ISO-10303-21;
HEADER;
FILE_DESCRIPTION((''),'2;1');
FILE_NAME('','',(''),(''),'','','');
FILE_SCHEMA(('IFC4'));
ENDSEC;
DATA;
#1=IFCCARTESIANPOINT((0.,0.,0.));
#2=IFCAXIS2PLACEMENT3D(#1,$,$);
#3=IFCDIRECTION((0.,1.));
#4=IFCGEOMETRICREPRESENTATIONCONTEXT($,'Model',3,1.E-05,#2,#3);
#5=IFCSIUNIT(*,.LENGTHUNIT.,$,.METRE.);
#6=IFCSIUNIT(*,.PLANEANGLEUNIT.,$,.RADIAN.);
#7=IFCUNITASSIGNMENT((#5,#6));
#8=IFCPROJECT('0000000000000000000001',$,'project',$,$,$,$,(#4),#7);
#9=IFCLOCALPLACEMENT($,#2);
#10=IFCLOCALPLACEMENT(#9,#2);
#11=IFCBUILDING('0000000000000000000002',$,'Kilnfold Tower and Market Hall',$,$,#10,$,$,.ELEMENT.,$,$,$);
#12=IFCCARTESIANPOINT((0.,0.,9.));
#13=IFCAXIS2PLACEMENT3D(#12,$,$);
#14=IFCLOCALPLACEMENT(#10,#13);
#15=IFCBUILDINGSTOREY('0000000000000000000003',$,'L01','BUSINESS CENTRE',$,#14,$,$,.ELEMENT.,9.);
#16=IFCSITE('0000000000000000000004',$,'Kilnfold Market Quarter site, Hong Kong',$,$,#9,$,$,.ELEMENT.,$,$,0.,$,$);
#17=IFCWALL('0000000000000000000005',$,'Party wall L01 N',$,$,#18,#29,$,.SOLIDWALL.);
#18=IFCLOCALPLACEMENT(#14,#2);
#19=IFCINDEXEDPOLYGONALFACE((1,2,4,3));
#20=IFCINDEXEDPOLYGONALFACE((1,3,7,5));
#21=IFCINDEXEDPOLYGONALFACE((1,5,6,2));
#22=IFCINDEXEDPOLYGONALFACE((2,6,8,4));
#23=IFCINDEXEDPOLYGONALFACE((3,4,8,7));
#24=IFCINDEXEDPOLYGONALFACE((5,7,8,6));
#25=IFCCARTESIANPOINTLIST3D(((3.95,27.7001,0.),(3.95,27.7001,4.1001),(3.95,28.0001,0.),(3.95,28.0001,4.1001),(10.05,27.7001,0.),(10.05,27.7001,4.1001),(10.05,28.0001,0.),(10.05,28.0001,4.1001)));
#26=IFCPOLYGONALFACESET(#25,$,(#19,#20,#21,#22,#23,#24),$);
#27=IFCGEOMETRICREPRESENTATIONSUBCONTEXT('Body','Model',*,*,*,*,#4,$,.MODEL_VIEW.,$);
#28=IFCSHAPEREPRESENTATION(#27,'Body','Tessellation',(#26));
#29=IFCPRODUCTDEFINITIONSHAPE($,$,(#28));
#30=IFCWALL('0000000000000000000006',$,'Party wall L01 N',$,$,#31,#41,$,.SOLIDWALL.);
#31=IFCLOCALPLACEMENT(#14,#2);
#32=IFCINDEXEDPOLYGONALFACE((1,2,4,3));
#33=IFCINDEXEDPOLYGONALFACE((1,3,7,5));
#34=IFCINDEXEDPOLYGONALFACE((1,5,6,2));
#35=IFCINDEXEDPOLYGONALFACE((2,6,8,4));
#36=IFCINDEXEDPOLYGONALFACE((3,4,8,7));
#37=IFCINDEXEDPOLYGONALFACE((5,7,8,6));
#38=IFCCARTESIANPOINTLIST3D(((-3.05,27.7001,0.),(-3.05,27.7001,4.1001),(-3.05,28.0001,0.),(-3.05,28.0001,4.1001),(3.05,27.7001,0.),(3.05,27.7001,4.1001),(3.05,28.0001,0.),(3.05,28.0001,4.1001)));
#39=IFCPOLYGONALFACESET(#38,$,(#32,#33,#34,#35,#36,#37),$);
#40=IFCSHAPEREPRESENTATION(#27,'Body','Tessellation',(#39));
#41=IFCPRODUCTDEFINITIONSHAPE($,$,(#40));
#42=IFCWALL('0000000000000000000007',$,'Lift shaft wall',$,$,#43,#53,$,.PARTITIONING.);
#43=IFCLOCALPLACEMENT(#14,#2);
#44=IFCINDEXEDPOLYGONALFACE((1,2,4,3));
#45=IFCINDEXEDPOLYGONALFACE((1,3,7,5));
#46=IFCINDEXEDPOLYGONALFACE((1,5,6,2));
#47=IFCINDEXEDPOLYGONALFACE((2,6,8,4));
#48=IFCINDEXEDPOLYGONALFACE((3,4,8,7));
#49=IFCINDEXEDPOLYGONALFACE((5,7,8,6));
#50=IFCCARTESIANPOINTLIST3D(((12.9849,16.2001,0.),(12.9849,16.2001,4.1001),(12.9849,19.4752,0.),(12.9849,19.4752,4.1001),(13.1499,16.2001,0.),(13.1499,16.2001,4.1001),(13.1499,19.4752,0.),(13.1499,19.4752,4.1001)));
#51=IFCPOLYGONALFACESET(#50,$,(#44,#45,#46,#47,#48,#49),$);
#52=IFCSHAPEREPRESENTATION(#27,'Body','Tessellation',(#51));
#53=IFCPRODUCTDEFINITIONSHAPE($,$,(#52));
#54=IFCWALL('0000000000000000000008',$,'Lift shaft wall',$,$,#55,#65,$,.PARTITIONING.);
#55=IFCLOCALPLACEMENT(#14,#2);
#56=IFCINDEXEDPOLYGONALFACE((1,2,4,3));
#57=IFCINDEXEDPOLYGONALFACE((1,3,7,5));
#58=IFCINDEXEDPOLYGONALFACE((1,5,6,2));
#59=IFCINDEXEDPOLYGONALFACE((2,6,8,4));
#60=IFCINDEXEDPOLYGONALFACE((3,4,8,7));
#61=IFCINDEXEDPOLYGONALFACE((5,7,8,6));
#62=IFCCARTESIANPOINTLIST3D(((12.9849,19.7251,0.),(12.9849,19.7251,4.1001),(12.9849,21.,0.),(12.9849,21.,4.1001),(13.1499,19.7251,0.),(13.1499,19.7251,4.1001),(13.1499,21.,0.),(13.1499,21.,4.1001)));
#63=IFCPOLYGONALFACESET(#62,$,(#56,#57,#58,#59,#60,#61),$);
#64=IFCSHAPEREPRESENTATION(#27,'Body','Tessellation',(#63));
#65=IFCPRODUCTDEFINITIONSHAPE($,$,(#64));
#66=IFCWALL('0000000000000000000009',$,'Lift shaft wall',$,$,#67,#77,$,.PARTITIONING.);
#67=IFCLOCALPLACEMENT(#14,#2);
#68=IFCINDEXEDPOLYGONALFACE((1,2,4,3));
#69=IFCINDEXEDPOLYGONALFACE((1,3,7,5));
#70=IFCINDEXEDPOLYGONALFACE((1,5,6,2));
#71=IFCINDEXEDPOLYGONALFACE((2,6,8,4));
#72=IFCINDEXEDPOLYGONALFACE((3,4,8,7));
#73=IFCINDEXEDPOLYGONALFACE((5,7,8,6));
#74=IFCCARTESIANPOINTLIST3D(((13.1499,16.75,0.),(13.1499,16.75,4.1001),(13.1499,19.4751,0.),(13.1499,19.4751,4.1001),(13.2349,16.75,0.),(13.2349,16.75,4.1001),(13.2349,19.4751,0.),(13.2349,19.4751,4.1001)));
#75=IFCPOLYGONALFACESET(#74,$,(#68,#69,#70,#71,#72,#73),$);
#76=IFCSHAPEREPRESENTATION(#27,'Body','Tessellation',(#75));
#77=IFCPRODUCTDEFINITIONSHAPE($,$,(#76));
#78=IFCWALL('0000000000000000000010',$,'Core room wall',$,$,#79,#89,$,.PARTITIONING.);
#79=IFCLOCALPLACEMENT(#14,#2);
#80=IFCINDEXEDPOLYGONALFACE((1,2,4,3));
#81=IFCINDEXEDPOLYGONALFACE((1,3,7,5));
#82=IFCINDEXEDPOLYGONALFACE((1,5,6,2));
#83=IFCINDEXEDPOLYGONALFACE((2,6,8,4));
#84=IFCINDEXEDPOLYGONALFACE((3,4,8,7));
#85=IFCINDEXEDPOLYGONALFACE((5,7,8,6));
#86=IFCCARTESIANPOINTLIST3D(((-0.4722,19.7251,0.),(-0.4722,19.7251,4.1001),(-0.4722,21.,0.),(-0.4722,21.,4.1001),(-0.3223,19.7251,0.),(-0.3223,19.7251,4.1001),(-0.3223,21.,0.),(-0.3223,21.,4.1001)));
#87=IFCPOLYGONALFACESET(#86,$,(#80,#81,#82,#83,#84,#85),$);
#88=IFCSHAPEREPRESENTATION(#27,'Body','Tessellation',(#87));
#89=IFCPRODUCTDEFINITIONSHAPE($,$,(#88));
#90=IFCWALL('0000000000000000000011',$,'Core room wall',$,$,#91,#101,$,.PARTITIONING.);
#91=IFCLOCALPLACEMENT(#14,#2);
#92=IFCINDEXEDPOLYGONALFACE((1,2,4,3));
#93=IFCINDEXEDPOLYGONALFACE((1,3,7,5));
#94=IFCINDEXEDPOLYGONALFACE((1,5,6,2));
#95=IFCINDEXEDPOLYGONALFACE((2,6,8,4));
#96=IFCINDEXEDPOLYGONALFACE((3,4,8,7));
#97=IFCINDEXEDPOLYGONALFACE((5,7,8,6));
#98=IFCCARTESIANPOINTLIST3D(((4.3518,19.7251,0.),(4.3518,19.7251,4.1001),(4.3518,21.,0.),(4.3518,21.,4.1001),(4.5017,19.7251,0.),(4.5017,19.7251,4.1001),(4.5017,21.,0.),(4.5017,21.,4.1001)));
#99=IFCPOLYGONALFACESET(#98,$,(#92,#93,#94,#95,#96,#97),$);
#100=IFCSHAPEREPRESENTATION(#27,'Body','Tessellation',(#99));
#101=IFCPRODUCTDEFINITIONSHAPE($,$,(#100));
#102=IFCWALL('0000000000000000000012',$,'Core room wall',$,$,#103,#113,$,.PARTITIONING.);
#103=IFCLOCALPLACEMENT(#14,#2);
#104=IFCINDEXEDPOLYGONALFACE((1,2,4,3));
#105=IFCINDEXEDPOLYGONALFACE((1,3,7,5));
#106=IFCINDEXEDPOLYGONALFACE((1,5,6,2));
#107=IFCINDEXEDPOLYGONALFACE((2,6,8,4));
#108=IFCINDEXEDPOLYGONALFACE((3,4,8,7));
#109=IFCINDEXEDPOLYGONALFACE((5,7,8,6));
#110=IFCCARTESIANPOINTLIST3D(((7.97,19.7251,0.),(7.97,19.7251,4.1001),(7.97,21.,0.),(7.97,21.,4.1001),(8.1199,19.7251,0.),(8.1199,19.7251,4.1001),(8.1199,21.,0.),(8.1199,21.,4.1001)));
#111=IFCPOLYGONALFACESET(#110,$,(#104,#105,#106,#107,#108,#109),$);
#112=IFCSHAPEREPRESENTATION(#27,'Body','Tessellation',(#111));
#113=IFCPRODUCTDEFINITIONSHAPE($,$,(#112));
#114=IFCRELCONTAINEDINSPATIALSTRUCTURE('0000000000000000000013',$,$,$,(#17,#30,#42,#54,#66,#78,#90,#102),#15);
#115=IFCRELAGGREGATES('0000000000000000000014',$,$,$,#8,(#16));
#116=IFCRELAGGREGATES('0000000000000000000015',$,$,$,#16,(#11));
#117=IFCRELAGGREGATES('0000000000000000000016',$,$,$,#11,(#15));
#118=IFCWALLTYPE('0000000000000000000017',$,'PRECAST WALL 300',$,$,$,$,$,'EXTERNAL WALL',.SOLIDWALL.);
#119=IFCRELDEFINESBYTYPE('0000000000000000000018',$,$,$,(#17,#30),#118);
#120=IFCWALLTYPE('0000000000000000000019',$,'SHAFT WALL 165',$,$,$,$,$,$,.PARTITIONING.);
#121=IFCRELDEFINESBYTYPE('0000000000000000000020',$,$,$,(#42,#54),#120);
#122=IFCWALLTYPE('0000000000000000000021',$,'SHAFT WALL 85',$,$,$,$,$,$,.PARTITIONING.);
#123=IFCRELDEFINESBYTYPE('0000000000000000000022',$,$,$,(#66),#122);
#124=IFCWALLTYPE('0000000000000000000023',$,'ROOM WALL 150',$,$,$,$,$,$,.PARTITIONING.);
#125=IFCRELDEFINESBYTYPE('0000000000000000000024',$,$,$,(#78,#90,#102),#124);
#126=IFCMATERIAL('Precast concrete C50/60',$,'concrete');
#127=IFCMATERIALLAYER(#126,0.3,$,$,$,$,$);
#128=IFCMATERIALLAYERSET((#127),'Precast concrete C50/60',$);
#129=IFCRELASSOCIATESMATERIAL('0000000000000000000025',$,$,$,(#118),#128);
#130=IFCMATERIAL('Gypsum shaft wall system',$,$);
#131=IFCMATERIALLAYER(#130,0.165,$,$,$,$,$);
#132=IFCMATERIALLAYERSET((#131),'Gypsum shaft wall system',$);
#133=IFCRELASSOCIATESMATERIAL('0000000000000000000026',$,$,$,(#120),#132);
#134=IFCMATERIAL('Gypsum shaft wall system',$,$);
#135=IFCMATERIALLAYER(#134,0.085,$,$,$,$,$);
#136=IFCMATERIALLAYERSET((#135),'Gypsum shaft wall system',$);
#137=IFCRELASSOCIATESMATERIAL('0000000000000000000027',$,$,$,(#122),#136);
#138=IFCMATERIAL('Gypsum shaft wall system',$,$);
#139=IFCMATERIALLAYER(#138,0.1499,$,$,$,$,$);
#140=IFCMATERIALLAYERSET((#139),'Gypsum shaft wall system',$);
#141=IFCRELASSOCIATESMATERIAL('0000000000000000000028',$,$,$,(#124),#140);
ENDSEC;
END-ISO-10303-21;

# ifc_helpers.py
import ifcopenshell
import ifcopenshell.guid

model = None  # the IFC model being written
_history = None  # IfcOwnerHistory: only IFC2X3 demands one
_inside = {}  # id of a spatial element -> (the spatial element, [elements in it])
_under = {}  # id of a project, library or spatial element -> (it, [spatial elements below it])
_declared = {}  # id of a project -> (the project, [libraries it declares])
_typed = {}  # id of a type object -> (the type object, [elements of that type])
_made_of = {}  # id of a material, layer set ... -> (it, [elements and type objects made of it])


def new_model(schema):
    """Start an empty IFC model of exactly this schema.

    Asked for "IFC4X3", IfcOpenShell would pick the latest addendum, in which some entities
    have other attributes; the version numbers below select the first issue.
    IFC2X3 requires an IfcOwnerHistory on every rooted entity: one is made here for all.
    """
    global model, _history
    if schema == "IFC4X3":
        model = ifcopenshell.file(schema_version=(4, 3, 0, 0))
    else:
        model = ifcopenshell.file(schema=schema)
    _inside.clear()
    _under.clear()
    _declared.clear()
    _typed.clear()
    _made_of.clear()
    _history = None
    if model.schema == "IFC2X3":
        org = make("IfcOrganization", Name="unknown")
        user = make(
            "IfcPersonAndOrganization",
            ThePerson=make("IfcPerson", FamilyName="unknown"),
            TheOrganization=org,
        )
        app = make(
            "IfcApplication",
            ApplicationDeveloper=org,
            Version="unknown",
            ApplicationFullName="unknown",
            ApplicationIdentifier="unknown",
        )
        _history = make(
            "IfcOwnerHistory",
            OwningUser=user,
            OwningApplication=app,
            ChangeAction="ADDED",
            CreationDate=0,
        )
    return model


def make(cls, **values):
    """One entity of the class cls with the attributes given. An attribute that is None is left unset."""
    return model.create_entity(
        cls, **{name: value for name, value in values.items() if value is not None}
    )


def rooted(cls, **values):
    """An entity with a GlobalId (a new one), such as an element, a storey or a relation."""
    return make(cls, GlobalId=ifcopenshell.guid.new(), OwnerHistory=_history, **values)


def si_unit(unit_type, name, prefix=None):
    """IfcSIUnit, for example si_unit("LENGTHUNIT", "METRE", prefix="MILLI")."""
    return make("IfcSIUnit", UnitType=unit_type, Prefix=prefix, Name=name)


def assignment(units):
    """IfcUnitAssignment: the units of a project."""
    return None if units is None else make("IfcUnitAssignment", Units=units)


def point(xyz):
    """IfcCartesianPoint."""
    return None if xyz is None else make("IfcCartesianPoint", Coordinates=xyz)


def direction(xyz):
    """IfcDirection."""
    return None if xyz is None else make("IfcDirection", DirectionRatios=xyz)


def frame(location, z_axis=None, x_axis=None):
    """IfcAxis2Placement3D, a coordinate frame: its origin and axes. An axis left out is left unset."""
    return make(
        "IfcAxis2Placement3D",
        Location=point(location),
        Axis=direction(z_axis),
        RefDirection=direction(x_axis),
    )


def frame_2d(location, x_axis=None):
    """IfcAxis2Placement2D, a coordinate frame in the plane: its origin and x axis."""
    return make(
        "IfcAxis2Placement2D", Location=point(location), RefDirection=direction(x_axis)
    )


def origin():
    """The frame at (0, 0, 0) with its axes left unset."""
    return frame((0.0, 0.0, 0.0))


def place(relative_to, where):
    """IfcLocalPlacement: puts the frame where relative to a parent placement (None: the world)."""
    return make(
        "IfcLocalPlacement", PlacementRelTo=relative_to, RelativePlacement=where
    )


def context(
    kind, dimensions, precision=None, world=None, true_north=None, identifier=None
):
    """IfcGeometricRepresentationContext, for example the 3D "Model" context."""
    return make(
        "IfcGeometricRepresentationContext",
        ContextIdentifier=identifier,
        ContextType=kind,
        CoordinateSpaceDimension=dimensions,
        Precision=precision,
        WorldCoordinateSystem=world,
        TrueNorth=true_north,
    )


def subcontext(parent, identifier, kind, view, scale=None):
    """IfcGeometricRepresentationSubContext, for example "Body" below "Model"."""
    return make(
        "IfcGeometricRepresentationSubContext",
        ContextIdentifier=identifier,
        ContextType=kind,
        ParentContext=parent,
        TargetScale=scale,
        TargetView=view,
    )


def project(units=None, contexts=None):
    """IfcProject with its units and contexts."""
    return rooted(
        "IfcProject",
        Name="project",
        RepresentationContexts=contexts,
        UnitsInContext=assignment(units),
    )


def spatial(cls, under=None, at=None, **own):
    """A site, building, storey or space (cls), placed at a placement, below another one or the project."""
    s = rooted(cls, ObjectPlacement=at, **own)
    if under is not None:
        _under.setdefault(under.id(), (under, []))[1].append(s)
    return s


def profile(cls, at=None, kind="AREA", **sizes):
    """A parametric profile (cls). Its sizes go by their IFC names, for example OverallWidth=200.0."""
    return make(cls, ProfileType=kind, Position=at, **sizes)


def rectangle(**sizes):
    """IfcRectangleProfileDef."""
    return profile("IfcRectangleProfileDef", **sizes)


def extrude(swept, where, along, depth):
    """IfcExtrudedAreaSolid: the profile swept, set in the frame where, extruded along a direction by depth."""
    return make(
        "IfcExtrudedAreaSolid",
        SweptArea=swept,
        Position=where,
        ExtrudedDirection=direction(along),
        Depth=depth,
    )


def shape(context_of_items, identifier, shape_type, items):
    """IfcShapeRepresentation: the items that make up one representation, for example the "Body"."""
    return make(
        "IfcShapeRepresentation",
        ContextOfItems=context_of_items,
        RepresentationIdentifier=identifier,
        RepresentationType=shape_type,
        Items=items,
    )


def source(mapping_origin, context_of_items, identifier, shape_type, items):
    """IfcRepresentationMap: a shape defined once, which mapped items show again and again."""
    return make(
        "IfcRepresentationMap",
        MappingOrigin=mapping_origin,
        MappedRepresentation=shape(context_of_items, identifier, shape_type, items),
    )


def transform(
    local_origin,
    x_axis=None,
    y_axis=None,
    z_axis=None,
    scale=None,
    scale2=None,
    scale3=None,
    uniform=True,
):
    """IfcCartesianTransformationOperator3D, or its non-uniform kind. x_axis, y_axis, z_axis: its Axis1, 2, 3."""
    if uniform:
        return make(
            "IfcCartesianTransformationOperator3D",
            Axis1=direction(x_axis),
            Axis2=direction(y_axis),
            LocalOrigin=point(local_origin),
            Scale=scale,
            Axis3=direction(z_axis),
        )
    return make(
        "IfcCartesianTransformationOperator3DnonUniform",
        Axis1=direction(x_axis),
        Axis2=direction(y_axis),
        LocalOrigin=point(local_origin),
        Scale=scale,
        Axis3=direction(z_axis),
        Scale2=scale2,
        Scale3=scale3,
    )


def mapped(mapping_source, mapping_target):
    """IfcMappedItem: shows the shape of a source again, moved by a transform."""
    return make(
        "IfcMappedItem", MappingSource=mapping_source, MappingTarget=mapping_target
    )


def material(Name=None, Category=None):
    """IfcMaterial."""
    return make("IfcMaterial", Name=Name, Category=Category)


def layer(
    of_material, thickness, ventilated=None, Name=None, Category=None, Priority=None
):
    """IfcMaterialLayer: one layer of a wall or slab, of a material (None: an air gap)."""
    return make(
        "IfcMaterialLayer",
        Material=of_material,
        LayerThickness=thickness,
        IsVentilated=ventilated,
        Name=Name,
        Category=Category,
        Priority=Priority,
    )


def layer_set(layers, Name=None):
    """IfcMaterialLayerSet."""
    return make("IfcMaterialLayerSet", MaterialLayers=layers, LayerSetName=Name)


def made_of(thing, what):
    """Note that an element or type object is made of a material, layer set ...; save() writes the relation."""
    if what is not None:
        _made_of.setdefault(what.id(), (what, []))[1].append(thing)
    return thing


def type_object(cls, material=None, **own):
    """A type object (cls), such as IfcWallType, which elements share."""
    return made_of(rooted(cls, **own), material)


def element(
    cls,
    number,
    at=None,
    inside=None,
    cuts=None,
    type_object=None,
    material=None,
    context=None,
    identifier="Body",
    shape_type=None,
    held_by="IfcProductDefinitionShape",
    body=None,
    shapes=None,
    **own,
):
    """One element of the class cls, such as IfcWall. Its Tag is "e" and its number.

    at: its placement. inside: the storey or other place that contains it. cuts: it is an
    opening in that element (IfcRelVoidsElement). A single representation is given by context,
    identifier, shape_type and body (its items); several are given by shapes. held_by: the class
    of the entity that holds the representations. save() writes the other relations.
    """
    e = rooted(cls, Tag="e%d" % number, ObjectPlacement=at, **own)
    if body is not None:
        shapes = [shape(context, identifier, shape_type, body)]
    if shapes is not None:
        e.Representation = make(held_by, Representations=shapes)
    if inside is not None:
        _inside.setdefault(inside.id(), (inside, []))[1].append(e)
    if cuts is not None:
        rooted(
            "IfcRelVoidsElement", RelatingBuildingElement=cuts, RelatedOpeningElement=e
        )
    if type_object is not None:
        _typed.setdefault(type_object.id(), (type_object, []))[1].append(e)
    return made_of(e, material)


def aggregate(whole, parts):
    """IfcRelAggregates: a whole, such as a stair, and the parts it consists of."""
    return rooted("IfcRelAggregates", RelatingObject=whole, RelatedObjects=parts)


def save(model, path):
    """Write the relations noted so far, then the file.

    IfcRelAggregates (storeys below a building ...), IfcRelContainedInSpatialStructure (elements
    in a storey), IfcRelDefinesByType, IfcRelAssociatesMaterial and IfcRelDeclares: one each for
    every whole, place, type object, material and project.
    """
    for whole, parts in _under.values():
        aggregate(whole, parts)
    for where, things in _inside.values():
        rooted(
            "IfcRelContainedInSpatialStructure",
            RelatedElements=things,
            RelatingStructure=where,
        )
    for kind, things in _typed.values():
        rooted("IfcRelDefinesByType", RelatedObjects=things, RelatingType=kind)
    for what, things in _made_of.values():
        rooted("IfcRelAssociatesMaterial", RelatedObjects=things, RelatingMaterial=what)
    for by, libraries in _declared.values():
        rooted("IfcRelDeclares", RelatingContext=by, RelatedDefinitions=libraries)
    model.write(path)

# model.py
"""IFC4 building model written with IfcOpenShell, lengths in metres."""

from ifc_helpers import new_model, si_unit, direction, frame, frame_2d, origin, place, context, subcontext, project, spatial, rectangle, extrude, source, transform, mapped, material, layer, layer_set, type_object, element, save


model = new_model("IFC4")

# Units and contexts
model_context = context("Model", 3, precision=1e-05, world=origin(), true_north=direction((0.0, 1.0)))
body_context = subcontext(model_context, "Body", "Model", "MODEL_VIEW")
ifc_project = project(units=[si_unit("LENGTHUNIT", "METRE"), si_unit("PLANEANGLEUNIT", "RADIAN")], contexts=[model_context])

# Site, building, storey
site_placement = place(None, origin())
site = spatial("IfcSite", under=ifc_project, at=site_placement, Name="Kilnfold Market Quarter site, Hong Kong", CompositionType="ELEMENT", RefElevation=0.0)
building_placement = place(site_placement, origin())
building = spatial("IfcBuilding", under=site, at=building_placement, Name="Kilnfold Tower and Market Hall", CompositionType="ELEMENT")
storey_placement = place(building_placement, frame((0.0, 0.0, 9.0)))
storey = spatial("IfcBuildingStorey", under=building, at=storey_placement, Name="L01", Description="BUSINESS CENTRE", CompositionType="ELEMENT", Elevation=9.0)

# Walls
ifc_material_1 = material(Name="Precast concrete C50/60", Category="concrete")
ifc_layer_1 = layer(ifc_material_1, 0.3)
ifc_layer_set_1 = layer_set([ifc_layer_1], Name="Precast concrete C50/60")
wall_type_1 = type_object("IfcWallType", Name="PRECAST WALL 300", ElementType="EXTERNAL WALL", PredefinedType="SOLIDWALL", material=ifc_layer_set_1)
shared_shape_1 = source(origin(), body_context, "Body", "SweptSolid", [
    extrude(rectangle(XDim=6.1001, YDim=0.3, at=frame_2d((3.05, 0.0))), origin(), (0.0, 0.0, 1.0), 4.1001),
])
for number, where, z_axis, x_axis, name in (
    (1, (10.05, 27.8501, 0.0), (0.0, 0.0, 1.0), (-1.0, 0.0, 0.0), "Party wall L01 N"),
    (2, (3.05, 27.8501, 0.0), (0.0, 0.0, 1.0), (-1.0, 0.0, 0.0), "Party wall L01 N"),
):
    element("IfcWall", number, at=place(storey_placement, frame(where, z_axis=z_axis, x_axis=x_axis)), inside=storey, type_object=wall_type_1, Name=name, PredefinedType="SOLIDWALL", context=body_context, shape_type="MappedRepresentation", body=[
        mapped(shared_shape_1, transform((0.0, 0.0, 0.0))),
    ])
ifc_material_2 = material(Name="Gypsum shaft wall system")
ifc_layer_2 = layer(ifc_material_2, 0.165)
ifc_layer_set_2 = layer_set([ifc_layer_2], Name="Gypsum shaft wall system")
wall_type_2 = type_object("IfcWallType", Name="SHAFT WALL 165", PredefinedType="PARTITIONING", material=ifc_layer_set_2)
shared_shape_2 = source(origin(), body_context, "Body", "SweptSolid", [
    extrude(rectangle(XDim=3.2751, YDim=0.165, at=frame_2d((1.6377, 0.0))), origin(), (0.0, 0.0, 1.0), 4.1001),
])
wall_1_placement = place(storey_placement, frame((13.0674, 16.2, 0.0), z_axis=(0.0, 0.0, 1.0), x_axis=(0.0, 1.0, 0.0)))
element("IfcWall", 3, at=wall_1_placement, inside=storey, type_object=wall_type_2, Name="Lift shaft wall", PredefinedType="PARTITIONING", context=body_context, shape_type="MappedRepresentation", body=[
    mapped(shared_shape_2, transform((0.0, 0.0, 0.0))),
])
shared_shape_3 = source(origin(), body_context, "Body", "SweptSolid", [
    extrude(rectangle(XDim=1.2749, YDim=0.165, at=frame_2d((0.6375, 0.0))), origin(), (0.0, 0.0, 1.0), 4.1001),
])
wall_2_placement = place(storey_placement, frame((13.0674, 19.7251, 0.0), z_axis=(0.0, 0.0, 1.0), x_axis=(0.0, 1.0, 0.0)))
element("IfcWall", 4, at=wall_2_placement, inside=storey, type_object=wall_type_2, Name="Lift shaft wall", PredefinedType="PARTITIONING", context=body_context, shape_type="MappedRepresentation", body=[
    mapped(shared_shape_3, transform((0.0, 0.0, 0.0))),
])
ifc_material_3 = material(Name="Gypsum shaft wall system")
ifc_layer_3 = layer(ifc_material_3, 0.085)
ifc_layer_set_3 = layer_set([ifc_layer_3], Name="Gypsum shaft wall system")
wall_type_3 = type_object("IfcWallType", Name="SHAFT WALL 85", PredefinedType="PARTITIONING", material=ifc_layer_set_3)
shared_shape_4 = source(origin(), body_context, "Body", "SweptSolid", [
    extrude(rectangle(XDim=2.7251, YDim=0.085, at=frame_2d((1.3625, 0.0))), origin(), (0.0, 0.0, 1.0), 4.1001),
])
wall_3_placement = place(storey_placement, frame((13.1924, 16.75, 0.0), z_axis=(0.0, 0.0, 1.0), x_axis=(0.0, 1.0, 0.0)))
element("IfcWall", 5, at=wall_3_placement, inside=storey, type_object=wall_type_3, Name="Lift shaft wall", PredefinedType="PARTITIONING", context=body_context, shape_type="MappedRepresentation", body=[
    mapped(shared_shape_4, transform((0.0, 0.0, 0.0))),
])
ifc_material_4 = material(Name="Gypsum shaft wall system")
ifc_layer_4 = layer(ifc_material_4, 0.1499)
ifc_layer_set_4 = layer_set([ifc_layer_4], Name="Gypsum shaft wall system")
wall_type_4 = type_object("IfcWallType", Name="ROOM WALL 150", PredefinedType="PARTITIONING", material=ifc_layer_set_4)
shared_shape_5 = source(origin(), body_context, "Body", "SweptSolid", [
    extrude(rectangle(XDim=1.2749, YDim=0.1499, at=frame_2d((0.6375, 0.0))), origin(), (0.0, 0.0, 1.0), 4.1001),
])
for number, where, z_axis, x_axis, name in (
    (6, (-0.3972, 19.7251, 0.0), (0.0, 0.0, 1.0), (0.0, 1.0, 0.0), "Core room wall"),
    (7, (4.4268, 19.7251, 0.0), (0.0, 0.0, 1.0), (0.0, 1.0, 0.0), "Core room wall"),
    (8, (8.0449, 19.7251, 0.0), (0.0, 0.0, 1.0), (0.0, 1.0, 0.0), "Core room wall"),
):
    element("IfcWall", number, at=place(storey_placement, frame(where, z_axis=z_axis, x_axis=x_axis)), inside=storey, type_object=wall_type_4, Name=name, PredefinedType="PARTITIONING", context=body_context, shape_type="MappedRepresentation", body=[
        mapped(shared_shape_5, transform((0.0, 0.0, 0.0))),
    ])

save(model, "model.ifc")
